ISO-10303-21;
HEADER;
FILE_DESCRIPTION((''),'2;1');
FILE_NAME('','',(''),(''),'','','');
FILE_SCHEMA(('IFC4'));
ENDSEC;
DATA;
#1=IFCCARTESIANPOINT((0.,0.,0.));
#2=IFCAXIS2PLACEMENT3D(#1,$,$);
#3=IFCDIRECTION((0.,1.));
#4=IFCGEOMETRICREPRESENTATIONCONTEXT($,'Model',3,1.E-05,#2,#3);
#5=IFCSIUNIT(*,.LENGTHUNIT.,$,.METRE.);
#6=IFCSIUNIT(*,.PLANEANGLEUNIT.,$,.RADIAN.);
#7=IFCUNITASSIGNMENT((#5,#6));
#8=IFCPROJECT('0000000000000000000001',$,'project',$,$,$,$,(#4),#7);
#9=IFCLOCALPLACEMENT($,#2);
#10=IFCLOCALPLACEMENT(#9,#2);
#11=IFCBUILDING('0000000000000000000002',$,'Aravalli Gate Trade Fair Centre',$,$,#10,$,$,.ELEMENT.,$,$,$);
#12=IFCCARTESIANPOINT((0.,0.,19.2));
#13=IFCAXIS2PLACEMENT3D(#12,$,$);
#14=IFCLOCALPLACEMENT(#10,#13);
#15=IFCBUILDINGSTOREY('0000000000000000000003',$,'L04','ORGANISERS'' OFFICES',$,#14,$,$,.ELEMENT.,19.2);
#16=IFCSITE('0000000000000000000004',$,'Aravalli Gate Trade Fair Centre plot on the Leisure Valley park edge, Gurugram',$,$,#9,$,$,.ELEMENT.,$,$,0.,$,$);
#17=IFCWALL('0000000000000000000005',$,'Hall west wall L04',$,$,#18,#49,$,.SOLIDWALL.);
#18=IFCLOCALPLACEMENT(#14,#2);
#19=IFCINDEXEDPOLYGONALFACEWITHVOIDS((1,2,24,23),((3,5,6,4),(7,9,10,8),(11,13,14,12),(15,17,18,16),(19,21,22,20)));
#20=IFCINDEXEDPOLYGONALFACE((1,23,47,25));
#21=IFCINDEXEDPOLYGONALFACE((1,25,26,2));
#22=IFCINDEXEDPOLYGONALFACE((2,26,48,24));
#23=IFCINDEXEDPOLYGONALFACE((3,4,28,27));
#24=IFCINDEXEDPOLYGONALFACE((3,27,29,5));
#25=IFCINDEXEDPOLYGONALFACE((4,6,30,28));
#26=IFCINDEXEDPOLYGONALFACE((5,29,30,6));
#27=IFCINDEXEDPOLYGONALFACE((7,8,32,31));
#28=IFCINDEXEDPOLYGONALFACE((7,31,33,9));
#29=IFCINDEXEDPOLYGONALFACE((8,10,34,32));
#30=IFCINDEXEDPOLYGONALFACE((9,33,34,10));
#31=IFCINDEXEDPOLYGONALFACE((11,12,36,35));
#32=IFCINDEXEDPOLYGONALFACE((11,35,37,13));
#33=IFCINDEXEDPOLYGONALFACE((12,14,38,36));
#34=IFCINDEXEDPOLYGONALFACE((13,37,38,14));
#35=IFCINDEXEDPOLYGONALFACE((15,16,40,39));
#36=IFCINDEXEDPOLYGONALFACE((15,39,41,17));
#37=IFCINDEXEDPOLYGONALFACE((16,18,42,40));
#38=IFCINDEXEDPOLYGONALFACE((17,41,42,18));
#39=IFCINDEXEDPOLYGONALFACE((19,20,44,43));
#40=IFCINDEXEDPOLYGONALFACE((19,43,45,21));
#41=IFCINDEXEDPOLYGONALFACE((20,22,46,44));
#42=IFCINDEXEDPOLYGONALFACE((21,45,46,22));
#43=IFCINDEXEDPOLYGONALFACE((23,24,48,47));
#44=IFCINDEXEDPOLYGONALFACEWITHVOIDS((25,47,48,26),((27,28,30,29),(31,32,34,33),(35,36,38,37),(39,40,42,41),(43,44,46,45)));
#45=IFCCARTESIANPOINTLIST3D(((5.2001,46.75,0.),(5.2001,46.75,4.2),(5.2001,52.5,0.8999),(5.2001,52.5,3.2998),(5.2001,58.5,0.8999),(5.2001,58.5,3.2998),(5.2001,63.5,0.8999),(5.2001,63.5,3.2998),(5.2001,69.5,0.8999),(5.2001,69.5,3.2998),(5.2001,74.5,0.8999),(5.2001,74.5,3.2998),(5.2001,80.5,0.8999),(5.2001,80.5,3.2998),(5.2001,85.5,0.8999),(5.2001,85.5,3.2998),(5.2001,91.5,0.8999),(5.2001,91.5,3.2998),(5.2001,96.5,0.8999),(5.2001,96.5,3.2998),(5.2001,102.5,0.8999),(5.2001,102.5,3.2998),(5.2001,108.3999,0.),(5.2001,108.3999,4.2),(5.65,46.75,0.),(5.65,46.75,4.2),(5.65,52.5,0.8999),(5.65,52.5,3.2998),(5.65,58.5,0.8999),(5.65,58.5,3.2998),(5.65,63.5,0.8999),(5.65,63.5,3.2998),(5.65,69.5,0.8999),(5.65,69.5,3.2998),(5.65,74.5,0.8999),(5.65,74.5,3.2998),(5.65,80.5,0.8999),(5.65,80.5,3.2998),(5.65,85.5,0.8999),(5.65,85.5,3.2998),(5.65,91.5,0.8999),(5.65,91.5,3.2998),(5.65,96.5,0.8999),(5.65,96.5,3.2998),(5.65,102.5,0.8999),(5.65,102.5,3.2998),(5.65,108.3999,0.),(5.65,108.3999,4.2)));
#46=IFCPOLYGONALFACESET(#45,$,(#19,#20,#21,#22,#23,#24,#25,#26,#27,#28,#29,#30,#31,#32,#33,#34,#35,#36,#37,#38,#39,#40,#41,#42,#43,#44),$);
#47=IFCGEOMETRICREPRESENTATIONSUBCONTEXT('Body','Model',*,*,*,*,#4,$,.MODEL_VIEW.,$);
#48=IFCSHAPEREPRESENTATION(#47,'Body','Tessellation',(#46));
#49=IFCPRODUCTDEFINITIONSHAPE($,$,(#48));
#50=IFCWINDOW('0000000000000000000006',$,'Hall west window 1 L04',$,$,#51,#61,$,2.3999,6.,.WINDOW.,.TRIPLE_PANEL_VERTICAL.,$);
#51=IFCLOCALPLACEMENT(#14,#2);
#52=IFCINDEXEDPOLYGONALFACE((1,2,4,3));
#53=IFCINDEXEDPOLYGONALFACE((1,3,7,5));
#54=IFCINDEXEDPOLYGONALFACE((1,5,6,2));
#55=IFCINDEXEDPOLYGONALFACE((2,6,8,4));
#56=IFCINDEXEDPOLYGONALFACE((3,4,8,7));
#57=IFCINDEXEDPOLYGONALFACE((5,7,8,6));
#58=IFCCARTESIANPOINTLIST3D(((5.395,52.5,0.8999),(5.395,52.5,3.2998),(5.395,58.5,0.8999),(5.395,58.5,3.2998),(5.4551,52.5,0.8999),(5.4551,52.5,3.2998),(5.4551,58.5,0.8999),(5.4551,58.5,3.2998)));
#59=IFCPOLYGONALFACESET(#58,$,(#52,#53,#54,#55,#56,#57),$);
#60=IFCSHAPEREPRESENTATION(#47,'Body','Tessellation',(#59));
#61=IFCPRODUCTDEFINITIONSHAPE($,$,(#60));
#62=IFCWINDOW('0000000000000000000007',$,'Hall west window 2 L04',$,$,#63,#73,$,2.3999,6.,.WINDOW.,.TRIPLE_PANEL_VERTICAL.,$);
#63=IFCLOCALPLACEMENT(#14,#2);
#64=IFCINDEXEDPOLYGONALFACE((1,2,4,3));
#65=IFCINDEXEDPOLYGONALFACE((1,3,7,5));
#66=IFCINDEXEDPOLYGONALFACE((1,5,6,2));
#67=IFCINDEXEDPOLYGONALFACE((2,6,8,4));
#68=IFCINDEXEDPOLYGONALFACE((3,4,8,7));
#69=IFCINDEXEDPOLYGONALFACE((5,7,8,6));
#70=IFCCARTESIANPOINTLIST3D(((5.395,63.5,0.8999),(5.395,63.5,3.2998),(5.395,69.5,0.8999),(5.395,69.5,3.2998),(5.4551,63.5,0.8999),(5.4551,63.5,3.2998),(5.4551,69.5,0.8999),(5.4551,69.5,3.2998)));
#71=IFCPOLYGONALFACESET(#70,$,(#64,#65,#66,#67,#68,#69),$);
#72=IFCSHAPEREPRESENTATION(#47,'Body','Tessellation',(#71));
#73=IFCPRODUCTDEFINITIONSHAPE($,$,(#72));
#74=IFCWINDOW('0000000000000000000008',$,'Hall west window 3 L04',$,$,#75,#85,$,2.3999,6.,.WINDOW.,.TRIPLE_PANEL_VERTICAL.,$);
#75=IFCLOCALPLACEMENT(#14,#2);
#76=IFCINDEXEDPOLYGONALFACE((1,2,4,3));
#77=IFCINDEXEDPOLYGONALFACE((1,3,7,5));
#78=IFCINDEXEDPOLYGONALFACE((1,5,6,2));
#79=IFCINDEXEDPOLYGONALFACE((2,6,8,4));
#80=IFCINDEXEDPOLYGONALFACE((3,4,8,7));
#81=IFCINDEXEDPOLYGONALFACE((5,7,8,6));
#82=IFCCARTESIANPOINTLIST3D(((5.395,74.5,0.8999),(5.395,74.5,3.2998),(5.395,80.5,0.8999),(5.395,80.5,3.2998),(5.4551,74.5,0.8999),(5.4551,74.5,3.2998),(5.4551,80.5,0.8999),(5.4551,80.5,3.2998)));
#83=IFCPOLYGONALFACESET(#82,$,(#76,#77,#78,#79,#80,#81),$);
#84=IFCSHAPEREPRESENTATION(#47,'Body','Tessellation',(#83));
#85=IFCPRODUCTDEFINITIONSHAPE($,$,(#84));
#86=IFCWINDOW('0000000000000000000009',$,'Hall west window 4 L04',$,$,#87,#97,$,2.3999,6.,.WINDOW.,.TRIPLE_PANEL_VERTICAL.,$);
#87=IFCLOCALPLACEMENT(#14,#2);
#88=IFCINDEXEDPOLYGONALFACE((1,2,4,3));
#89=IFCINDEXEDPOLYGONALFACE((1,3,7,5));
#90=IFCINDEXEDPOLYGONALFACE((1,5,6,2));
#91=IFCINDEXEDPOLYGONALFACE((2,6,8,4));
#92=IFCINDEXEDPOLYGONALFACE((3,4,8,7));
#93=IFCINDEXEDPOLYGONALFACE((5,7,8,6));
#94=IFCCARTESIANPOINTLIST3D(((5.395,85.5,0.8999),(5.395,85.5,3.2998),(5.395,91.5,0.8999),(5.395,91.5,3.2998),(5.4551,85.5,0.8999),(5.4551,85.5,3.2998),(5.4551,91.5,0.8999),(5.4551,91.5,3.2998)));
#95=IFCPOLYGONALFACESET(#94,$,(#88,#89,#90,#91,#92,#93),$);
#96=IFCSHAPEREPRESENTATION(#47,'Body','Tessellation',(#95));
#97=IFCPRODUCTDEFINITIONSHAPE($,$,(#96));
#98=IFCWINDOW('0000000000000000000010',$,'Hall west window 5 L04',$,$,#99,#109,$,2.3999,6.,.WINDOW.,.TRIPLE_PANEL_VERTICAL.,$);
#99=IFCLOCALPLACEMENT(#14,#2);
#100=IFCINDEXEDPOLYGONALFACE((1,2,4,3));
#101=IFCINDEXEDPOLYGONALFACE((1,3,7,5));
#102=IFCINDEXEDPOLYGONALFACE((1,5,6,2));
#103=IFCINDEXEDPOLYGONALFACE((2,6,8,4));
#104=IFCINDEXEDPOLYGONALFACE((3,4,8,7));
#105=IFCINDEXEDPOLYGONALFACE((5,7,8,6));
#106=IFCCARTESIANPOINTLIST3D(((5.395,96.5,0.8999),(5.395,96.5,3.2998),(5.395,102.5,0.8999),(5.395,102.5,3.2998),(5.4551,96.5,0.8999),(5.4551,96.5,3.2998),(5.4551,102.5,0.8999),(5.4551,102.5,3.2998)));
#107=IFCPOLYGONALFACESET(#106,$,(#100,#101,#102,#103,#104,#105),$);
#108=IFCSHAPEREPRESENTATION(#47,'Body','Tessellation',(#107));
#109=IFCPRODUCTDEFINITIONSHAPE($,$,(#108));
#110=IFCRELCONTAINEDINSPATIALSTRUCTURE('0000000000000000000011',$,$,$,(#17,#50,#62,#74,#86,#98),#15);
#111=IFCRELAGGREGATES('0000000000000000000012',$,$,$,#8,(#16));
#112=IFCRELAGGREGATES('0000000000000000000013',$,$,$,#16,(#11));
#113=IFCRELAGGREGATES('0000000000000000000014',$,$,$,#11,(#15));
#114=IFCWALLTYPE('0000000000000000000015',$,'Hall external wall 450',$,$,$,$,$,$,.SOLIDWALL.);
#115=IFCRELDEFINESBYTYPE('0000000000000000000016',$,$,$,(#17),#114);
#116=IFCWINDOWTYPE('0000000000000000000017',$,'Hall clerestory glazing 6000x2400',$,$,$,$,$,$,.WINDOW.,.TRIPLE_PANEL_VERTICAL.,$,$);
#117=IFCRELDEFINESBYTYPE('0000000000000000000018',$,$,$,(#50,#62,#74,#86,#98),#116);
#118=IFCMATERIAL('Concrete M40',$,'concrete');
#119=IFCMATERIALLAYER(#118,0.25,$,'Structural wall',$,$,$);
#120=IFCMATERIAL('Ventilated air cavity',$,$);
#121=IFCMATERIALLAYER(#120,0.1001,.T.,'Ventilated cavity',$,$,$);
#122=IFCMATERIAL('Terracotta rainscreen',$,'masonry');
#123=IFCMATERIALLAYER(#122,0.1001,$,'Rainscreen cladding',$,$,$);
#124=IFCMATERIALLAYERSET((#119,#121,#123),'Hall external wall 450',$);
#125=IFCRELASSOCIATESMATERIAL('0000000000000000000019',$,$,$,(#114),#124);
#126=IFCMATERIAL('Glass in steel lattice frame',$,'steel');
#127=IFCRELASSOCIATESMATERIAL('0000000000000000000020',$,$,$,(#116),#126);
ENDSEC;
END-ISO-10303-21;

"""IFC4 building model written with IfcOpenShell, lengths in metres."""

from ifc_helpers import new_model, si_unit, direction, frame, frame_2d, origin, place, context, subcontext, project, spatial, rectangle, extrude, material, layer, layer_set, type_object, element, fill, save


model = new_model("IFC4")

# Units and contexts
model_context = context("Model", 3, precision=1e-05, world=origin(), true_north=direction((0.0, 1.0)))
body_context = subcontext(model_context, "Body", "Model", "MODEL_VIEW")
ifc_project = project(units=[si_unit("LENGTHUNIT", "METRE"), si_unit("PLANEANGLEUNIT", "RADIAN")], contexts=[model_context])

# Site, building, storey
site_placement = place(None, origin())
site = spatial("IfcSite", under=ifc_project, at=site_placement, Name="Aravalli Gate Trade Fair Centre plot on the Leisure Valley park edge, Gurugram", CompositionType="ELEMENT", RefElevation=0.0)
building_placement = place(site_placement, origin())
building = spatial("IfcBuilding", under=site, at=building_placement, Name="Aravalli Gate Trade Fair Centre", CompositionType="ELEMENT")
storey_placement = place(building_placement, frame((0.0, 0.0, 19.2)))
storey = spatial("IfcBuildingStorey", under=building, at=storey_placement, Name="L04", Description="ORGANISERS' OFFICES", CompositionType="ELEMENT", Elevation=19.2)

# Shared definitions
ifc_material_1 = material(Name="Concrete M40", Category="concrete")
ifc_layer_1 = layer(ifc_material_1, 0.25, Name="Structural wall")
ifc_material_2 = material(Name="Ventilated air cavity")
ifc_layer_2 = layer(ifc_material_2, 0.1001, ventilated=True, Name="Ventilated cavity")
ifc_material_3 = material(Name="Terracotta rainscreen", Category="masonry")
ifc_layer_3 = layer(ifc_material_3, 0.1001, Name="Rainscreen cladding")
ifc_layer_set_1 = layer_set([ifc_layer_1, ifc_layer_2, ifc_layer_3], Name="Hall external wall 450")
wall_type_1 = type_object("IfcWallType", Name="Hall external wall 450", PredefinedType="SOLIDWALL", material=ifc_layer_set_1)
ifc_material_4 = material(Name="Glass in steel lattice frame", Category="steel")
window_type = type_object("IfcWindowType", Name="Hall clerestory glazing 6000x2400", PartitioningType="TRIPLE_PANEL_VERTICAL", PredefinedType="WINDOW", material=ifc_material_4)

# Wall, openings, windows
wall_1_placement = place(storey_placement, frame((5.425, 46.75, 0.0), z_axis=(0.0, 0.0, 1.0), x_axis=(0.0, 1.0, 0.0)))
wall_1 = element("IfcWall", 1, at=wall_1_placement, inside=storey, type_object=wall_type_1, Name="Hall west wall L04", PredefinedType="SOLIDWALL", context=body_context, shape_type="SweptSolid", body=[
    extrude(rectangle(XDim=61.6499, YDim=0.45, at=frame_2d((30.825, 0.0))), origin(), (0.0, 0.0, 1.0), 4.2),
])
opening_1_placement = place(wall_1_placement, frame((5.75, 0.0, 0.8999)))
opening_1 = element("IfcOpeningElement", 2, at=opening_1_placement, cuts=wall_1, PredefinedType="OPENING", context=body_context, shape_type="SweptSolid", body=[
    extrude(rectangle(XDim=6.0, YDim=2.3999, at=frame_2d((3.0, 1.2))), frame((0.0, 0.2349, 0.0), z_axis=(0.0, -1.0, 0.0), x_axis=(1.0, 0.0, 0.0)), (0.0, 0.0, 1.0), 0.47),
])
opening_2_placement = place(wall_1_placement, frame((16.75, 0.0, 0.8999)))
opening_2 = element("IfcOpeningElement", 3, at=opening_2_placement, cuts=wall_1, PredefinedType="OPENING", context=body_context, shape_type="SweptSolid", body=[
    extrude(rectangle(XDim=6.0, YDim=2.3999, at=frame_2d((3.0, 1.2))), frame((0.0, 0.2349, 0.0), z_axis=(0.0, -1.0, 0.0), x_axis=(1.0, 0.0, 0.0)), (0.0, 0.0, 1.0), 0.47),
])
opening_3_placement = place(wall_1_placement, frame((27.75, 0.0, 0.8999)))
opening_3 = element("IfcOpeningElement", 4, at=opening_3_placement, cuts=wall_1, PredefinedType="OPENING", context=body_context, shape_type="SweptSolid", body=[
    extrude(rectangle(XDim=6.0, YDim=2.3999, at=frame_2d((3.0, 1.2))), frame((0.0, 0.2349, 0.0), z_axis=(0.0, -1.0, 0.0), x_axis=(1.0, 0.0, 0.0)), (0.0, 0.0, 1.0), 0.47),
])
opening_4_placement = place(wall_1_placement, frame((38.75, 0.0, 0.8999)))
opening_4 = element("IfcOpeningElement", 5, at=opening_4_placement, cuts=wall_1, PredefinedType="OPENING", context=body_context, shape_type="SweptSolid", body=[
    extrude(rectangle(XDim=6.0, YDim=2.3999, at=frame_2d((3.0, 1.2))), frame((0.0, 0.2349, 0.0), z_axis=(0.0, -1.0, 0.0), x_axis=(1.0, 0.0, 0.0)), (0.0, 0.0, 1.0), 0.47),
])
opening_5_placement = place(wall_1_placement, frame((49.75, 0.0, 0.8999)))
opening_5 = element("IfcOpeningElement", 6, at=opening_5_placement, cuts=wall_1, PredefinedType="OPENING", context=body_context, shape_type="SweptSolid", body=[
    extrude(rectangle(XDim=6.0, YDim=2.3999, at=frame_2d((3.0, 1.2))), frame((0.0, 0.2349, 0.0), z_axis=(0.0, -1.0, 0.0), x_axis=(1.0, 0.0, 0.0)), (0.0, 0.0, 1.0), 0.47),
])
window_1_placement = place(opening_1_placement, origin())
window_1 = element("IfcWindow", 7, at=window_1_placement, inside=storey, type_object=window_type, Name="Hall west window 1 L04", OverallHeight=2.3999, OverallWidth=6.0, PartitioningType="TRIPLE_PANEL_VERTICAL", PredefinedType="WINDOW", context=body_context, shape_type="SweptSolid", body=[
    extrude(rectangle(XDim=6.0, YDim=2.3999, at=frame_2d((3.0, 1.2))), frame((0.0, 0.03, 0.0), z_axis=(0.0, -1.0, 0.0), x_axis=(1.0, 0.0, 0.0)), (0.0, 0.0, 1.0), 0.0601),
])
fill(opening_1, window_1)
window_2_placement = place(opening_2_placement, origin())
window_2 = element("IfcWindow", 8, at=window_2_placement, inside=storey, type_object=window_type, Name="Hall west window 2 L04", OverallHeight=2.3999, OverallWidth=6.0, PartitioningType="TRIPLE_PANEL_VERTICAL", PredefinedType="WINDOW", context=body_context, shape_type="SweptSolid", body=[
    extrude(rectangle(XDim=6.0, YDim=2.3999, at=frame_2d((3.0, 1.2))), frame((0.0, 0.03, 0.0), z_axis=(0.0, -1.0, 0.0), x_axis=(1.0, 0.0, 0.0)), (0.0, 0.0, 1.0), 0.0601),
])
fill(opening_2, window_2)
window_3_placement = place(opening_3_placement, origin())
window_3 = element("IfcWindow", 9, at=window_3_placement, inside=storey, type_object=window_type, Name="Hall west window 3 L04", OverallHeight=2.3999, OverallWidth=6.0, PartitioningType="TRIPLE_PANEL_VERTICAL", PredefinedType="WINDOW", context=body_context, shape_type="SweptSolid", body=[
    extrude(rectangle(XDim=6.0, YDim=2.3999, at=frame_2d((3.0, 1.2))), frame((0.0, 0.03, 0.0), z_axis=(0.0, -1.0, 0.0), x_axis=(1.0, 0.0, 0.0)), (0.0, 0.0, 1.0), 0.0601),
])
fill(opening_3, window_3)
window_4_placement = place(opening_4_placement, origin())
window_4 = element("IfcWindow", 10, at=window_4_placement, inside=storey, type_object=window_type, Name="Hall west window 4 L04", OverallHeight=2.3999, OverallWidth=6.0, PartitioningType="TRIPLE_PANEL_VERTICAL", PredefinedType="WINDOW", context=body_context, shape_type="SweptSolid", body=[
    extrude(rectangle(XDim=6.0, YDim=2.3999, at=frame_2d((3.0, 1.2))), frame((0.0, 0.03, 0.0), z_axis=(0.0, -1.0, 0.0), x_axis=(1.0, 0.0, 0.0)), (0.0, 0.0, 1.0), 0.0601),
])
fill(opening_4, window_4)
window_5_placement = place(opening_5_placement, origin())
window_5 = element("IfcWindow", 11, at=window_5_placement, inside=storey, type_object=window_type, Name="Hall west window 5 L04", OverallHeight=2.3999, OverallWidth=6.0, PartitioningType="TRIPLE_PANEL_VERTICAL", PredefinedType="WINDOW", context=body_context, shape_type="SweptSolid", body=[
    extrude(rectangle(XDim=6.0, YDim=2.3999, at=frame_2d((3.0, 1.2))), frame((0.0, 0.03, 0.0), z_axis=(0.0, -1.0, 0.0), x_axis=(1.0, 0.0, 0.0)), (0.0, 0.0, 1.0), 0.0601),
])
fill(opening_5, window_5)

save(model, "model.ifc")
